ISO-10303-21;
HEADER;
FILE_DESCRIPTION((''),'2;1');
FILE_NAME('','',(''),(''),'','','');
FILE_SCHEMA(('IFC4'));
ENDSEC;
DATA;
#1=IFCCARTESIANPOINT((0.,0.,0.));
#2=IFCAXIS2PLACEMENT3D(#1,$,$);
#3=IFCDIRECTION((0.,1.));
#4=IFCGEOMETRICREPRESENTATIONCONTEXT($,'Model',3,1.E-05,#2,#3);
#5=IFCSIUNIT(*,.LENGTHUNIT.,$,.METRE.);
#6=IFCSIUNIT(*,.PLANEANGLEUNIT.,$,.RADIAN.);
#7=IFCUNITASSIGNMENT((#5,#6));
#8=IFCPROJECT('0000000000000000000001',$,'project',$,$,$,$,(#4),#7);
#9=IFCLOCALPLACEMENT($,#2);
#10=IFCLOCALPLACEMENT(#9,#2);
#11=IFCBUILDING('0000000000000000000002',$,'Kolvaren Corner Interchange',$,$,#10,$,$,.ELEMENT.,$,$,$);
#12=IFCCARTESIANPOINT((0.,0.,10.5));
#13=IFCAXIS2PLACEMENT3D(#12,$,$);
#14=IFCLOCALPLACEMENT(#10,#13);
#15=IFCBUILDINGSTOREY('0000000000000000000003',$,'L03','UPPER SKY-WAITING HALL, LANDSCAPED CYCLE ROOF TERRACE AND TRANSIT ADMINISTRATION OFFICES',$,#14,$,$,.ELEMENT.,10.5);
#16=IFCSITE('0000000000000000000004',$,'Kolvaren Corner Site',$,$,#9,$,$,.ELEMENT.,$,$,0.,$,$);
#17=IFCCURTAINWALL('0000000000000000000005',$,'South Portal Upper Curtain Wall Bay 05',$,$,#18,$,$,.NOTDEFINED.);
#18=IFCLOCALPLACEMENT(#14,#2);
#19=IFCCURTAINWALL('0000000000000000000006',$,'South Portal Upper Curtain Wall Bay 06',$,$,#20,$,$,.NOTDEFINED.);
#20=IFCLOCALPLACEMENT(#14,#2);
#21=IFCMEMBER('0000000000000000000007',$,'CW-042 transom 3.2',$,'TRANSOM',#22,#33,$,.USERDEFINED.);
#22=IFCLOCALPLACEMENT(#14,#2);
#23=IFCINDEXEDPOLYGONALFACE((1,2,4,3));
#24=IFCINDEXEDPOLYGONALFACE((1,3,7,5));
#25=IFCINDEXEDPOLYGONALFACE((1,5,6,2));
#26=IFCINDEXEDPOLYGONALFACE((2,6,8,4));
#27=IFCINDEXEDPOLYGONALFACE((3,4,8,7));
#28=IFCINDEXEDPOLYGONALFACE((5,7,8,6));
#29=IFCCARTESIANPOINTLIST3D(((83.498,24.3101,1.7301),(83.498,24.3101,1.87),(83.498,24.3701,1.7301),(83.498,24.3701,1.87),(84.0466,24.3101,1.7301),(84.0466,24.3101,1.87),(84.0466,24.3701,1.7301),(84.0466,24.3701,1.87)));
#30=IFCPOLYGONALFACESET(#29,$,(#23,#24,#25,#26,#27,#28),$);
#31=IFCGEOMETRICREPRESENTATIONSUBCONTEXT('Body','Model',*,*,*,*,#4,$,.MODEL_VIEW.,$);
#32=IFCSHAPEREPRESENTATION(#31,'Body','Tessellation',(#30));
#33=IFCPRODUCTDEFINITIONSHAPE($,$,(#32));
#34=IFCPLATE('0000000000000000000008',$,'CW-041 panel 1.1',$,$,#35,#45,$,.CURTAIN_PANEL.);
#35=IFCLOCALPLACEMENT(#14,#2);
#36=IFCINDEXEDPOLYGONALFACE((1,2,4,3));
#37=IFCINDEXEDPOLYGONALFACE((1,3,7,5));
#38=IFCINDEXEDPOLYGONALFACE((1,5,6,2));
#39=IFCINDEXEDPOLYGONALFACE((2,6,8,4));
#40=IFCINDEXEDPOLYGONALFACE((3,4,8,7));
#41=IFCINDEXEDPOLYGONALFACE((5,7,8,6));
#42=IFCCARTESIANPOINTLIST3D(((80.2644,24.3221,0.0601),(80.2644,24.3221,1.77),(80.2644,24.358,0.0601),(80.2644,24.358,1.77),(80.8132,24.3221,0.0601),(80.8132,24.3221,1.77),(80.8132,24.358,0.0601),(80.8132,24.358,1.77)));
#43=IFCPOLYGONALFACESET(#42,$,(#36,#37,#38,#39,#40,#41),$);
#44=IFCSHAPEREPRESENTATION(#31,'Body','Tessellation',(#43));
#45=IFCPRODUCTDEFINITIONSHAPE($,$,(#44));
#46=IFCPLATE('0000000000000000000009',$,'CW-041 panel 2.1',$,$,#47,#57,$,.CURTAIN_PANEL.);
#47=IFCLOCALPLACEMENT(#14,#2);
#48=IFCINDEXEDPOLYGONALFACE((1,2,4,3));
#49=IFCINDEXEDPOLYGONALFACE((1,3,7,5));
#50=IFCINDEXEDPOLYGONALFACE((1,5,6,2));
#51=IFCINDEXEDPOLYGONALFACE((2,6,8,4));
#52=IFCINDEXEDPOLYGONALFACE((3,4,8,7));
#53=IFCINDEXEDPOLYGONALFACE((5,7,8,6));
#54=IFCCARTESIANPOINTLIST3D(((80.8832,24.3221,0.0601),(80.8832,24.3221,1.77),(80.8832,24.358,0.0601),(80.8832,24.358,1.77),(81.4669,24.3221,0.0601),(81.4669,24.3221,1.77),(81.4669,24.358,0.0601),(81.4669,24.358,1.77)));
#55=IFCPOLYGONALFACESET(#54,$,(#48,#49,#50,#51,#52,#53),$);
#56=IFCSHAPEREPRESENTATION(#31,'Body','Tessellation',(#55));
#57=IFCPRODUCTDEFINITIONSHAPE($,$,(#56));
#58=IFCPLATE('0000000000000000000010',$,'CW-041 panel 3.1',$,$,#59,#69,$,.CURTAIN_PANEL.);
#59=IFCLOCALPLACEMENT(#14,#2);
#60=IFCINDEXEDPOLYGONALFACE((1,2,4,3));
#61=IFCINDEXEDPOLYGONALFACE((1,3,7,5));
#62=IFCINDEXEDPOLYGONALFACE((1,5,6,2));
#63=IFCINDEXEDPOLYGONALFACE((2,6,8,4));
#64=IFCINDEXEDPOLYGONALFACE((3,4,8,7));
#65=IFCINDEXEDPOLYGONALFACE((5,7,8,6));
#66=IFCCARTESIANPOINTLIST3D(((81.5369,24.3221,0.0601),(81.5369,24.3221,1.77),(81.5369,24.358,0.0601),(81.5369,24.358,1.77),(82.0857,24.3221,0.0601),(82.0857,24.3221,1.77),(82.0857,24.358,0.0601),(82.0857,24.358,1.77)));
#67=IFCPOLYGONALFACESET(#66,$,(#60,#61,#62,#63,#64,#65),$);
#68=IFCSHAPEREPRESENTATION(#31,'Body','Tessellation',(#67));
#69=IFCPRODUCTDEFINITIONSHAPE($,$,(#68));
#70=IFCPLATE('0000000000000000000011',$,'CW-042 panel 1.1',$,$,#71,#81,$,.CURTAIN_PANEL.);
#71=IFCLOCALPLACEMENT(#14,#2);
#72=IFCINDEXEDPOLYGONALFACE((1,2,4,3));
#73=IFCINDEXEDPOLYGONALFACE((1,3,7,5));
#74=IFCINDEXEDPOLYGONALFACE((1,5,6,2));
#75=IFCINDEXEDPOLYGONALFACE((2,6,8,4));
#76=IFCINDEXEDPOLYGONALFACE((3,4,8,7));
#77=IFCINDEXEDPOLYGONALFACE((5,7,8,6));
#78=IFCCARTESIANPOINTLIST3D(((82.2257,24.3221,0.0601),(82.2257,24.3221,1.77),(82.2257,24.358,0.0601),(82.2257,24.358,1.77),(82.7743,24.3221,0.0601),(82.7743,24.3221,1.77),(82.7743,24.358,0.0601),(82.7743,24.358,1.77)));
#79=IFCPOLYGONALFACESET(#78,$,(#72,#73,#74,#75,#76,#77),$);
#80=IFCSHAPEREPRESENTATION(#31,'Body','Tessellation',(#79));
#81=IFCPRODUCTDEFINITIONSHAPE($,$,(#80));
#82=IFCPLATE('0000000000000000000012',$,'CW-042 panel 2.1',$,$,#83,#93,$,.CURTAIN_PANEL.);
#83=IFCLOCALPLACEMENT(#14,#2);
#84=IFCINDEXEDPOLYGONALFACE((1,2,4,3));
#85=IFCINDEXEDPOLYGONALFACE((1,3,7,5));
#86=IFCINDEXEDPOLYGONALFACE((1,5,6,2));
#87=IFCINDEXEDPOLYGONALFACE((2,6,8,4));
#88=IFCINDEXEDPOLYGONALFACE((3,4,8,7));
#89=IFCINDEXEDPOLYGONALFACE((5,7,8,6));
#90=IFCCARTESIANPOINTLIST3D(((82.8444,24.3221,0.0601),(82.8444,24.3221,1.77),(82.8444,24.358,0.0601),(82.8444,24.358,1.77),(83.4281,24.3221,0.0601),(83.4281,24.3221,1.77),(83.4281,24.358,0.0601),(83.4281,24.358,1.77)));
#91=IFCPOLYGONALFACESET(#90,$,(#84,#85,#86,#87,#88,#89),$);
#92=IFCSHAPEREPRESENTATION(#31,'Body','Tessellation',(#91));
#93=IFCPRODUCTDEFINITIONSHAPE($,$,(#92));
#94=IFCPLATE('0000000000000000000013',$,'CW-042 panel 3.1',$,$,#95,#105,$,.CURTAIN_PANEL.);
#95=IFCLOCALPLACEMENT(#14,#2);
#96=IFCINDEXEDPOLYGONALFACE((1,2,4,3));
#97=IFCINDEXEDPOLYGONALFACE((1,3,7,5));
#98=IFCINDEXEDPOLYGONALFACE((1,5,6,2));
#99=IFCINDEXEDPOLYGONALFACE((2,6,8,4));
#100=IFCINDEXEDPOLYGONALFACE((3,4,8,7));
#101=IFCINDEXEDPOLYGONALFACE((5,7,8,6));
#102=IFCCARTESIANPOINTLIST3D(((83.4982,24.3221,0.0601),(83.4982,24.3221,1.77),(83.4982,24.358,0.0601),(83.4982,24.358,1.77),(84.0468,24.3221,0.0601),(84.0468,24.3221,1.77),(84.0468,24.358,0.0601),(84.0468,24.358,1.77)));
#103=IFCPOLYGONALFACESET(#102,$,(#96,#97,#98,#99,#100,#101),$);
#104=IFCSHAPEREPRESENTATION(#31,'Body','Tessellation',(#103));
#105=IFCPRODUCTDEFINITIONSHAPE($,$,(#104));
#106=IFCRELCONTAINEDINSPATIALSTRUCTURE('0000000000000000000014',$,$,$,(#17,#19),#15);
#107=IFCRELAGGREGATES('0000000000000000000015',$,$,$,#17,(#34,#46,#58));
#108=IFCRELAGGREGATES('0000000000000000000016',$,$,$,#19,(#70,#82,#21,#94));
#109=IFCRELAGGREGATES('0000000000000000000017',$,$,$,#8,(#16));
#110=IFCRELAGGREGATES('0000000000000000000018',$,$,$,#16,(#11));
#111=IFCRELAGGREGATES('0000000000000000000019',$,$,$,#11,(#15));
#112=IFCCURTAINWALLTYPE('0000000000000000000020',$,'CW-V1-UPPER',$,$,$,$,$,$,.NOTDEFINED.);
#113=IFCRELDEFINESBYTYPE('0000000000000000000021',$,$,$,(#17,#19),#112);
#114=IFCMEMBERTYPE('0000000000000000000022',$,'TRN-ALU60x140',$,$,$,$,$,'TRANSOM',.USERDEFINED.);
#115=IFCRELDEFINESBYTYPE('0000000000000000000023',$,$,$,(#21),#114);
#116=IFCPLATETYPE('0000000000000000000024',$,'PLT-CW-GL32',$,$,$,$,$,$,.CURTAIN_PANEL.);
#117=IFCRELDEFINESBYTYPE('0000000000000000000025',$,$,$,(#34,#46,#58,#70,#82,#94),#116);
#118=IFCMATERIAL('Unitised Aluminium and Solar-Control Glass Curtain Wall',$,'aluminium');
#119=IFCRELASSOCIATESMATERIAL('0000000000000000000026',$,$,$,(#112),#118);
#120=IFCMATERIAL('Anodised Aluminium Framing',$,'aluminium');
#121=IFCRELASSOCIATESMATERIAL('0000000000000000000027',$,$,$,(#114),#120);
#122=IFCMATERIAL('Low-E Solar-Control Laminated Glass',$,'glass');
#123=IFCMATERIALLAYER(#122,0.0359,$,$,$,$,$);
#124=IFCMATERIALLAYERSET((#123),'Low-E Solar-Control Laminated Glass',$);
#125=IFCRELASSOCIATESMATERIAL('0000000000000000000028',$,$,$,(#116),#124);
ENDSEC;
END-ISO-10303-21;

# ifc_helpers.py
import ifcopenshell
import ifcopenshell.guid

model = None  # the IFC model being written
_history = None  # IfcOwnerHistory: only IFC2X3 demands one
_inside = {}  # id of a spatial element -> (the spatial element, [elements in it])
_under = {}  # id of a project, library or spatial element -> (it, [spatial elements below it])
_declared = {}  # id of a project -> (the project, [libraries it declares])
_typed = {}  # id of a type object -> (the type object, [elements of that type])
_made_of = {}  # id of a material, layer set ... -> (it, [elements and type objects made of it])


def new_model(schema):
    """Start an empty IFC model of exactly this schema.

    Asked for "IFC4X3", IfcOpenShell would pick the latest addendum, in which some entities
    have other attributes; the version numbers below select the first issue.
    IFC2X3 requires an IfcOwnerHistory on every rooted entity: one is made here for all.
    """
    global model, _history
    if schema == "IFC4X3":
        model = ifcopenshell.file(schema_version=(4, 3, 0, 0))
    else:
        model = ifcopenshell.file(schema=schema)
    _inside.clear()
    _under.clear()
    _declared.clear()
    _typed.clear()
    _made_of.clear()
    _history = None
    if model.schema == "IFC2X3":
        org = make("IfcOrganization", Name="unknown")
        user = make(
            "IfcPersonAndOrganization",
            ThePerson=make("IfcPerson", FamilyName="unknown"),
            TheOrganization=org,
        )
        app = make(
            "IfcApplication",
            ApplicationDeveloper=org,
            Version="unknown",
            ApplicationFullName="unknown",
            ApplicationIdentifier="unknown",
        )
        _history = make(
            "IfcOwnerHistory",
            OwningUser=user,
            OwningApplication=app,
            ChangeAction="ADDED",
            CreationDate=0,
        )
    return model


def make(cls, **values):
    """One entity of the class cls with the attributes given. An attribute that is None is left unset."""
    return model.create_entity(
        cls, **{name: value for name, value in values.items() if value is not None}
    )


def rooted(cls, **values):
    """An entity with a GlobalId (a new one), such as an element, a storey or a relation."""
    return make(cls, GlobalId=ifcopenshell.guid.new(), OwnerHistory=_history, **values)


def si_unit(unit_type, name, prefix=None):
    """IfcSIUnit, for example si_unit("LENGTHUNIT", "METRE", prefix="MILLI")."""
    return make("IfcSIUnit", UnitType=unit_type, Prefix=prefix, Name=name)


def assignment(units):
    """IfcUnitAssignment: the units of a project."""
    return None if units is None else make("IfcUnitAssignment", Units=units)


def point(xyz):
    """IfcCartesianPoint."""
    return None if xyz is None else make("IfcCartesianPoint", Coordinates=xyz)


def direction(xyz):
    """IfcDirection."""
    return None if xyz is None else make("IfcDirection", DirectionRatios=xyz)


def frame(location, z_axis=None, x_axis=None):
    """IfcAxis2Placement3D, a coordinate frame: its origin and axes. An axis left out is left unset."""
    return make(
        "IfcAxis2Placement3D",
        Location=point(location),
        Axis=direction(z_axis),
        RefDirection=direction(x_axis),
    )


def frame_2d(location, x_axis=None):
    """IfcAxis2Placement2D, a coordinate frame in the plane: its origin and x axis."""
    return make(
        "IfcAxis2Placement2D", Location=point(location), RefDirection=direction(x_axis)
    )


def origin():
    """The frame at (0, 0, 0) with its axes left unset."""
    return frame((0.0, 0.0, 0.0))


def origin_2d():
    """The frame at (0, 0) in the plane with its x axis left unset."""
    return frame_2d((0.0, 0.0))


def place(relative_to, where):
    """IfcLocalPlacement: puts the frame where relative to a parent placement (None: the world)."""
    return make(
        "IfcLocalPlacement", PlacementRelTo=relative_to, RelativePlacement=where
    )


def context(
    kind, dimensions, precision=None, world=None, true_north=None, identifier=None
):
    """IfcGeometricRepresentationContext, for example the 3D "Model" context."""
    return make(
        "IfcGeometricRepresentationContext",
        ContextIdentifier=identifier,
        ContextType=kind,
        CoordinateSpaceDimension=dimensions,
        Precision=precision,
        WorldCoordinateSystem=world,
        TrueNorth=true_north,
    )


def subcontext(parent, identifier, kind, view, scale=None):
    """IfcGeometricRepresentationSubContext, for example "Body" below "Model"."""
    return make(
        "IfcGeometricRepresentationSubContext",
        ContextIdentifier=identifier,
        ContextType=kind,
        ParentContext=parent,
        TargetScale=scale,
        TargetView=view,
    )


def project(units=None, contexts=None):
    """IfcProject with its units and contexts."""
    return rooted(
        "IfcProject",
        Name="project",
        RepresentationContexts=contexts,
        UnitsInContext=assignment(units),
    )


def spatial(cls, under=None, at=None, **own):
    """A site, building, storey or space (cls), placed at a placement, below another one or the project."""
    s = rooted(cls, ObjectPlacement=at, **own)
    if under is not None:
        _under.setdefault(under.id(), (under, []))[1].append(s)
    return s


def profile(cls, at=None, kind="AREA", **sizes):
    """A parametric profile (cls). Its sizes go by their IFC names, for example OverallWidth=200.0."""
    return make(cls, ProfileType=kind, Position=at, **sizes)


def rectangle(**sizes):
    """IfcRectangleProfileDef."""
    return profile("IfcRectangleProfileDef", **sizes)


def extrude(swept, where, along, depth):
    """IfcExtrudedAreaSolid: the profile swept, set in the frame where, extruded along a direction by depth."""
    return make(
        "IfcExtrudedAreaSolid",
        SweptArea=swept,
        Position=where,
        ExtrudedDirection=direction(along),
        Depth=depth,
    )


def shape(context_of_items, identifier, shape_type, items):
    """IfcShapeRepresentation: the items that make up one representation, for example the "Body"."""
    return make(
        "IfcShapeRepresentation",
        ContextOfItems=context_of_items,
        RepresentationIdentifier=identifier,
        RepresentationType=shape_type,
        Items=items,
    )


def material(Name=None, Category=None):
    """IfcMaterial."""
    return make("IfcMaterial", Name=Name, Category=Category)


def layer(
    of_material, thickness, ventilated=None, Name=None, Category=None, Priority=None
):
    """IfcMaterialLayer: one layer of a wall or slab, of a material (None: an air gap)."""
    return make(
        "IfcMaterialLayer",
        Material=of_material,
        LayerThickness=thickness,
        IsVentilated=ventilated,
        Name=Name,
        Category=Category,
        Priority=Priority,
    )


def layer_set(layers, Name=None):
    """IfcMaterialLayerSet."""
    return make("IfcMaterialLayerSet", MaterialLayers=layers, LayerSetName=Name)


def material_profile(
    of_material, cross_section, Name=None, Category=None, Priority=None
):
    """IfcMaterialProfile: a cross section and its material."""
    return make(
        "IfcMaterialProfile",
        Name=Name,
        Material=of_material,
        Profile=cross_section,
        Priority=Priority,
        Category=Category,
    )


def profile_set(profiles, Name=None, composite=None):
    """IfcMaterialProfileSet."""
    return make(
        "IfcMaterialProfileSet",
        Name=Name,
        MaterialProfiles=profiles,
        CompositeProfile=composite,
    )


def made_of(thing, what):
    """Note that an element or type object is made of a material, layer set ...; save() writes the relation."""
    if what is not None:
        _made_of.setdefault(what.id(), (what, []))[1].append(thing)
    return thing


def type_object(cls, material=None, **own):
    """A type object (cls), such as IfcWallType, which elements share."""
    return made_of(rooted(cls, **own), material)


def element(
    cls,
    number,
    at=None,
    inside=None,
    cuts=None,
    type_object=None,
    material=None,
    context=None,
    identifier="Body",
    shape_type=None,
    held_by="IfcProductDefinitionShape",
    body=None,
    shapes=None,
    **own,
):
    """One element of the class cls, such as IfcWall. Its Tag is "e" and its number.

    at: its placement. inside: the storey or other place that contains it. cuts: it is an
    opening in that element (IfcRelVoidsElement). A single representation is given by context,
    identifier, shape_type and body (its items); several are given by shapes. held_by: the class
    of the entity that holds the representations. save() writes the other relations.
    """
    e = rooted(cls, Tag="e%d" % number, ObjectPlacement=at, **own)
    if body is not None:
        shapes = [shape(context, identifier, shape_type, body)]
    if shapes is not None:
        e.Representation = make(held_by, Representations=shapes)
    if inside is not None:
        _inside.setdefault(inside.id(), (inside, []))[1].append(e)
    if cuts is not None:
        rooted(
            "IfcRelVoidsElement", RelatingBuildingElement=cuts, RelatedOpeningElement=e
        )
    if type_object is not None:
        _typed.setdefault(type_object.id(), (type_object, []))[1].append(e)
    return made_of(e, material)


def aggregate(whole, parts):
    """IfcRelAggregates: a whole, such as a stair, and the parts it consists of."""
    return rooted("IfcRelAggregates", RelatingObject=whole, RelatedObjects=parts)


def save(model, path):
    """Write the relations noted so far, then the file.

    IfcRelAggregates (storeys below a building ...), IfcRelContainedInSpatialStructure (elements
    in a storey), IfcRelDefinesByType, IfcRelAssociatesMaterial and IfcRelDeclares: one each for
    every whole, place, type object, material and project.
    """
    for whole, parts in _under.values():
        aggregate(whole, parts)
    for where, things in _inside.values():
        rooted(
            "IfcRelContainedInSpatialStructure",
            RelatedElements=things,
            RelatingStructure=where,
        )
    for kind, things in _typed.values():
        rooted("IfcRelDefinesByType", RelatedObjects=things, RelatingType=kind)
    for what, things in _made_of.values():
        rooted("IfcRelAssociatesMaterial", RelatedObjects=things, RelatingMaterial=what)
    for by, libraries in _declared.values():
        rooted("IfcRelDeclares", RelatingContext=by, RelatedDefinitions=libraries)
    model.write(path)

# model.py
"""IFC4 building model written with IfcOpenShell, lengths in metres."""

from ifc_helpers import new_model, si_unit, direction, frame, origin, origin_2d, place, context, subcontext, project, spatial, rectangle, extrude, material, layer, layer_set, material_profile, profile_set, type_object, element, aggregate, save


model = new_model("IFC4")

# Units and contexts
model_context = context("Model", 3, precision=1e-05, world=origin(), true_north=direction((0.0, 1.0)))
body_context = subcontext(model_context, "Body", "Model", "MODEL_VIEW")
ifc_project = project(units=[si_unit("LENGTHUNIT", "METRE"), si_unit("PLANEANGLEUNIT", "RADIAN")], contexts=[model_context])

# Site, building, storey
site_placement = place(None, origin())
site = spatial("IfcSite", under=ifc_project, at=site_placement, Name="Kolvaren Corner Site", CompositionType="ELEMENT", RefElevation=0.0)
building_placement = place(site_placement, origin())
building = spatial("IfcBuilding", under=site, at=building_placement, Name="Kolvaren Corner Interchange", CompositionType="ELEMENT")
storey_placement = place(building_placement, frame((0.0, 0.0, 10.5)))
storey = spatial("IfcBuildingStorey", under=building, at=storey_placement, Name="L03", Description="UPPER SKY-WAITING HALL, LANDSCAPED CYCLE ROOF TERRACE AND TRANSIT ADMINISTRATION OFFICES", CompositionType="ELEMENT", Elevation=10.5)

# Curtain walls
ifc_material_1 = material(Name="Unitised Aluminium and Solar-Control Glass Curtain Wall", Category="aluminium")
curtain_wall_type = type_object("IfcCurtainWallType", Name="CW-V1-UPPER", PredefinedType="NOTDEFINED", material=ifc_material_1)
curtain_wall_1_placement = place(storey_placement, origin())
curtain_wall_1 = element("IfcCurtainWall", 1, at=curtain_wall_1_placement, inside=storey, type_object=curtain_wall_type, Name="South Portal Upper Curtain Wall Bay 05", PredefinedType="NOTDEFINED")
curtain_wall_2_placement = place(storey_placement, origin())
curtain_wall_2 = element("IfcCurtainWall", 2, at=curtain_wall_2_placement, inside=storey, type_object=curtain_wall_type, Name="South Portal Upper Curtain Wall Bay 06", PredefinedType="NOTDEFINED")

# Member
ifc_material_2 = material(Name="Anodised Aluminium Framing", Category="aluminium")
ifc_material_profile_1 = material_profile(ifc_material_2, rectangle(XDim=0.0601, YDim=0.1399, at=origin_2d()), Name="ALU 60x140")
ifc_profile_set_1 = profile_set([ifc_material_profile_1], Name="Anodised Aluminium Framing")
member_type_1 = type_object("IfcMemberType", Name="TRN-ALU60x140", ElementType="TRANSOM", PredefinedType="USERDEFINED", material=ifc_profile_set_1)
member_1_placement = place(storey_placement, frame((83.498, 24.3401, 1.8), z_axis=(1.0, 0.0, 0.0), x_axis=(0.0, 1.0, 0.0)))
member_1 = element("IfcMember", 3, at=member_1_placement, type_object=member_type_1, Name="CW-042 transom 3.2", ObjectType="TRANSOM", PredefinedType="USERDEFINED", context=body_context, shape_type="SweptSolid", body=[
    extrude(rectangle(XDim=0.0601, YDim=0.1399, at=origin_2d()), origin(), (0.0, 0.0, 1.0), 0.5486),
])

# Plates
ifc_material_3 = material(Name="Low-E Solar-Control Laminated Glass", Category="glass")
ifc_layer = layer(ifc_material_3, 0.0359)
ifc_layer_set = layer_set([ifc_layer], Name="Low-E Solar-Control Laminated Glass")
plate_type = type_object("IfcPlateType", Name="PLT-CW-GL32", PredefinedType="CURTAIN_PANEL", material=ifc_layer_set)
plate_1_placement = place(storey_placement, frame((80.5388, 24.3401, 0.0601), z_axis=(0.0, 0.0, 1.0), x_axis=(1.0, 0.0, 0.0)))
plate_1 = element("IfcPlate", 4, at=plate_1_placement, type_object=plate_type, Name="CW-041 panel 1.1", PredefinedType="CURTAIN_PANEL", context=body_context, shape_type="SweptSolid", body=[
    extrude(rectangle(XDim=0.5488, YDim=0.0359, at=origin_2d()), origin(), (0.0, 0.0, 1.0), 1.71),
])
plate_2_placement = place(storey_placement, frame((81.175, 24.3401, 0.0601), z_axis=(0.0, 0.0, 1.0), x_axis=(1.0, 0.0, 0.0)))
plate_2 = element("IfcPlate", 5, at=plate_2_placement, type_object=plate_type, Name="CW-041 panel 2.1", PredefinedType="CURTAIN_PANEL", context=body_context, shape_type="SweptSolid", body=[
    extrude(rectangle(XDim=0.5837, YDim=0.0359, at=origin_2d()), origin(), (0.0, 0.0, 1.0), 1.71),
])
plate_3_placement = place(storey_placement, frame((81.8113, 24.3401, 0.0601), z_axis=(0.0, 0.0, 1.0), x_axis=(1.0, 0.0, 0.0)))
plate_3 = element("IfcPlate", 6, at=plate_3_placement, type_object=plate_type, Name="CW-041 panel 3.1", PredefinedType="CURTAIN_PANEL", context=body_context, shape_type="SweptSolid", body=[
    extrude(rectangle(XDim=0.5488, YDim=0.0359, at=origin_2d()), origin(), (0.0, 0.0, 1.0), 1.71),
])
aggregate(curtain_wall_1, [plate_1, plate_2, plate_3])
plate_4_placement = place(storey_placement, frame((82.5, 24.3401, 0.0601), z_axis=(0.0, 0.0, 1.0), x_axis=(1.0, 0.0, 0.0)))
plate_4 = element("IfcPlate", 7, at=plate_4_placement, type_object=plate_type, Name="CW-042 panel 1.1", PredefinedType="CURTAIN_PANEL", context=body_context, shape_type="SweptSolid", body=[
    extrude(rectangle(XDim=0.5486, YDim=0.0359, at=origin_2d()), origin(), (0.0, 0.0, 1.0), 1.71),
])
plate_5_placement = place(storey_placement, frame((83.1362, 24.3401, 0.0601), z_axis=(0.0, 0.0, 1.0), x_axis=(1.0, 0.0, 0.0)))
plate_5 = element("IfcPlate", 8, at=plate_5_placement, type_object=plate_type, Name="CW-042 panel 2.1", PredefinedType="CURTAIN_PANEL", context=body_context, shape_type="SweptSolid", body=[
    extrude(rectangle(XDim=0.5837, YDim=0.0359, at=origin_2d()), origin(), (0.0, 0.0, 1.0), 1.71),
])
plate_6_placement = place(storey_placement, frame((83.7725, 24.3401, 0.0601), z_axis=(0.0, 0.0, 1.0), x_axis=(1.0, 0.0, 0.0)))
plate_6 = element("IfcPlate", 9, at=plate_6_placement, type_object=plate_type, Name="CW-042 panel 3.1", PredefinedType="CURTAIN_PANEL", context=body_context, shape_type="SweptSolid", body=[
    extrude(rectangle(XDim=0.5486, YDim=0.0359, at=origin_2d()), origin(), (0.0, 0.0, 1.0), 1.71),
])
aggregate(curtain_wall_2, [plate_4, plate_5, member_1, plate_6])

save(model, "model.ifc")
